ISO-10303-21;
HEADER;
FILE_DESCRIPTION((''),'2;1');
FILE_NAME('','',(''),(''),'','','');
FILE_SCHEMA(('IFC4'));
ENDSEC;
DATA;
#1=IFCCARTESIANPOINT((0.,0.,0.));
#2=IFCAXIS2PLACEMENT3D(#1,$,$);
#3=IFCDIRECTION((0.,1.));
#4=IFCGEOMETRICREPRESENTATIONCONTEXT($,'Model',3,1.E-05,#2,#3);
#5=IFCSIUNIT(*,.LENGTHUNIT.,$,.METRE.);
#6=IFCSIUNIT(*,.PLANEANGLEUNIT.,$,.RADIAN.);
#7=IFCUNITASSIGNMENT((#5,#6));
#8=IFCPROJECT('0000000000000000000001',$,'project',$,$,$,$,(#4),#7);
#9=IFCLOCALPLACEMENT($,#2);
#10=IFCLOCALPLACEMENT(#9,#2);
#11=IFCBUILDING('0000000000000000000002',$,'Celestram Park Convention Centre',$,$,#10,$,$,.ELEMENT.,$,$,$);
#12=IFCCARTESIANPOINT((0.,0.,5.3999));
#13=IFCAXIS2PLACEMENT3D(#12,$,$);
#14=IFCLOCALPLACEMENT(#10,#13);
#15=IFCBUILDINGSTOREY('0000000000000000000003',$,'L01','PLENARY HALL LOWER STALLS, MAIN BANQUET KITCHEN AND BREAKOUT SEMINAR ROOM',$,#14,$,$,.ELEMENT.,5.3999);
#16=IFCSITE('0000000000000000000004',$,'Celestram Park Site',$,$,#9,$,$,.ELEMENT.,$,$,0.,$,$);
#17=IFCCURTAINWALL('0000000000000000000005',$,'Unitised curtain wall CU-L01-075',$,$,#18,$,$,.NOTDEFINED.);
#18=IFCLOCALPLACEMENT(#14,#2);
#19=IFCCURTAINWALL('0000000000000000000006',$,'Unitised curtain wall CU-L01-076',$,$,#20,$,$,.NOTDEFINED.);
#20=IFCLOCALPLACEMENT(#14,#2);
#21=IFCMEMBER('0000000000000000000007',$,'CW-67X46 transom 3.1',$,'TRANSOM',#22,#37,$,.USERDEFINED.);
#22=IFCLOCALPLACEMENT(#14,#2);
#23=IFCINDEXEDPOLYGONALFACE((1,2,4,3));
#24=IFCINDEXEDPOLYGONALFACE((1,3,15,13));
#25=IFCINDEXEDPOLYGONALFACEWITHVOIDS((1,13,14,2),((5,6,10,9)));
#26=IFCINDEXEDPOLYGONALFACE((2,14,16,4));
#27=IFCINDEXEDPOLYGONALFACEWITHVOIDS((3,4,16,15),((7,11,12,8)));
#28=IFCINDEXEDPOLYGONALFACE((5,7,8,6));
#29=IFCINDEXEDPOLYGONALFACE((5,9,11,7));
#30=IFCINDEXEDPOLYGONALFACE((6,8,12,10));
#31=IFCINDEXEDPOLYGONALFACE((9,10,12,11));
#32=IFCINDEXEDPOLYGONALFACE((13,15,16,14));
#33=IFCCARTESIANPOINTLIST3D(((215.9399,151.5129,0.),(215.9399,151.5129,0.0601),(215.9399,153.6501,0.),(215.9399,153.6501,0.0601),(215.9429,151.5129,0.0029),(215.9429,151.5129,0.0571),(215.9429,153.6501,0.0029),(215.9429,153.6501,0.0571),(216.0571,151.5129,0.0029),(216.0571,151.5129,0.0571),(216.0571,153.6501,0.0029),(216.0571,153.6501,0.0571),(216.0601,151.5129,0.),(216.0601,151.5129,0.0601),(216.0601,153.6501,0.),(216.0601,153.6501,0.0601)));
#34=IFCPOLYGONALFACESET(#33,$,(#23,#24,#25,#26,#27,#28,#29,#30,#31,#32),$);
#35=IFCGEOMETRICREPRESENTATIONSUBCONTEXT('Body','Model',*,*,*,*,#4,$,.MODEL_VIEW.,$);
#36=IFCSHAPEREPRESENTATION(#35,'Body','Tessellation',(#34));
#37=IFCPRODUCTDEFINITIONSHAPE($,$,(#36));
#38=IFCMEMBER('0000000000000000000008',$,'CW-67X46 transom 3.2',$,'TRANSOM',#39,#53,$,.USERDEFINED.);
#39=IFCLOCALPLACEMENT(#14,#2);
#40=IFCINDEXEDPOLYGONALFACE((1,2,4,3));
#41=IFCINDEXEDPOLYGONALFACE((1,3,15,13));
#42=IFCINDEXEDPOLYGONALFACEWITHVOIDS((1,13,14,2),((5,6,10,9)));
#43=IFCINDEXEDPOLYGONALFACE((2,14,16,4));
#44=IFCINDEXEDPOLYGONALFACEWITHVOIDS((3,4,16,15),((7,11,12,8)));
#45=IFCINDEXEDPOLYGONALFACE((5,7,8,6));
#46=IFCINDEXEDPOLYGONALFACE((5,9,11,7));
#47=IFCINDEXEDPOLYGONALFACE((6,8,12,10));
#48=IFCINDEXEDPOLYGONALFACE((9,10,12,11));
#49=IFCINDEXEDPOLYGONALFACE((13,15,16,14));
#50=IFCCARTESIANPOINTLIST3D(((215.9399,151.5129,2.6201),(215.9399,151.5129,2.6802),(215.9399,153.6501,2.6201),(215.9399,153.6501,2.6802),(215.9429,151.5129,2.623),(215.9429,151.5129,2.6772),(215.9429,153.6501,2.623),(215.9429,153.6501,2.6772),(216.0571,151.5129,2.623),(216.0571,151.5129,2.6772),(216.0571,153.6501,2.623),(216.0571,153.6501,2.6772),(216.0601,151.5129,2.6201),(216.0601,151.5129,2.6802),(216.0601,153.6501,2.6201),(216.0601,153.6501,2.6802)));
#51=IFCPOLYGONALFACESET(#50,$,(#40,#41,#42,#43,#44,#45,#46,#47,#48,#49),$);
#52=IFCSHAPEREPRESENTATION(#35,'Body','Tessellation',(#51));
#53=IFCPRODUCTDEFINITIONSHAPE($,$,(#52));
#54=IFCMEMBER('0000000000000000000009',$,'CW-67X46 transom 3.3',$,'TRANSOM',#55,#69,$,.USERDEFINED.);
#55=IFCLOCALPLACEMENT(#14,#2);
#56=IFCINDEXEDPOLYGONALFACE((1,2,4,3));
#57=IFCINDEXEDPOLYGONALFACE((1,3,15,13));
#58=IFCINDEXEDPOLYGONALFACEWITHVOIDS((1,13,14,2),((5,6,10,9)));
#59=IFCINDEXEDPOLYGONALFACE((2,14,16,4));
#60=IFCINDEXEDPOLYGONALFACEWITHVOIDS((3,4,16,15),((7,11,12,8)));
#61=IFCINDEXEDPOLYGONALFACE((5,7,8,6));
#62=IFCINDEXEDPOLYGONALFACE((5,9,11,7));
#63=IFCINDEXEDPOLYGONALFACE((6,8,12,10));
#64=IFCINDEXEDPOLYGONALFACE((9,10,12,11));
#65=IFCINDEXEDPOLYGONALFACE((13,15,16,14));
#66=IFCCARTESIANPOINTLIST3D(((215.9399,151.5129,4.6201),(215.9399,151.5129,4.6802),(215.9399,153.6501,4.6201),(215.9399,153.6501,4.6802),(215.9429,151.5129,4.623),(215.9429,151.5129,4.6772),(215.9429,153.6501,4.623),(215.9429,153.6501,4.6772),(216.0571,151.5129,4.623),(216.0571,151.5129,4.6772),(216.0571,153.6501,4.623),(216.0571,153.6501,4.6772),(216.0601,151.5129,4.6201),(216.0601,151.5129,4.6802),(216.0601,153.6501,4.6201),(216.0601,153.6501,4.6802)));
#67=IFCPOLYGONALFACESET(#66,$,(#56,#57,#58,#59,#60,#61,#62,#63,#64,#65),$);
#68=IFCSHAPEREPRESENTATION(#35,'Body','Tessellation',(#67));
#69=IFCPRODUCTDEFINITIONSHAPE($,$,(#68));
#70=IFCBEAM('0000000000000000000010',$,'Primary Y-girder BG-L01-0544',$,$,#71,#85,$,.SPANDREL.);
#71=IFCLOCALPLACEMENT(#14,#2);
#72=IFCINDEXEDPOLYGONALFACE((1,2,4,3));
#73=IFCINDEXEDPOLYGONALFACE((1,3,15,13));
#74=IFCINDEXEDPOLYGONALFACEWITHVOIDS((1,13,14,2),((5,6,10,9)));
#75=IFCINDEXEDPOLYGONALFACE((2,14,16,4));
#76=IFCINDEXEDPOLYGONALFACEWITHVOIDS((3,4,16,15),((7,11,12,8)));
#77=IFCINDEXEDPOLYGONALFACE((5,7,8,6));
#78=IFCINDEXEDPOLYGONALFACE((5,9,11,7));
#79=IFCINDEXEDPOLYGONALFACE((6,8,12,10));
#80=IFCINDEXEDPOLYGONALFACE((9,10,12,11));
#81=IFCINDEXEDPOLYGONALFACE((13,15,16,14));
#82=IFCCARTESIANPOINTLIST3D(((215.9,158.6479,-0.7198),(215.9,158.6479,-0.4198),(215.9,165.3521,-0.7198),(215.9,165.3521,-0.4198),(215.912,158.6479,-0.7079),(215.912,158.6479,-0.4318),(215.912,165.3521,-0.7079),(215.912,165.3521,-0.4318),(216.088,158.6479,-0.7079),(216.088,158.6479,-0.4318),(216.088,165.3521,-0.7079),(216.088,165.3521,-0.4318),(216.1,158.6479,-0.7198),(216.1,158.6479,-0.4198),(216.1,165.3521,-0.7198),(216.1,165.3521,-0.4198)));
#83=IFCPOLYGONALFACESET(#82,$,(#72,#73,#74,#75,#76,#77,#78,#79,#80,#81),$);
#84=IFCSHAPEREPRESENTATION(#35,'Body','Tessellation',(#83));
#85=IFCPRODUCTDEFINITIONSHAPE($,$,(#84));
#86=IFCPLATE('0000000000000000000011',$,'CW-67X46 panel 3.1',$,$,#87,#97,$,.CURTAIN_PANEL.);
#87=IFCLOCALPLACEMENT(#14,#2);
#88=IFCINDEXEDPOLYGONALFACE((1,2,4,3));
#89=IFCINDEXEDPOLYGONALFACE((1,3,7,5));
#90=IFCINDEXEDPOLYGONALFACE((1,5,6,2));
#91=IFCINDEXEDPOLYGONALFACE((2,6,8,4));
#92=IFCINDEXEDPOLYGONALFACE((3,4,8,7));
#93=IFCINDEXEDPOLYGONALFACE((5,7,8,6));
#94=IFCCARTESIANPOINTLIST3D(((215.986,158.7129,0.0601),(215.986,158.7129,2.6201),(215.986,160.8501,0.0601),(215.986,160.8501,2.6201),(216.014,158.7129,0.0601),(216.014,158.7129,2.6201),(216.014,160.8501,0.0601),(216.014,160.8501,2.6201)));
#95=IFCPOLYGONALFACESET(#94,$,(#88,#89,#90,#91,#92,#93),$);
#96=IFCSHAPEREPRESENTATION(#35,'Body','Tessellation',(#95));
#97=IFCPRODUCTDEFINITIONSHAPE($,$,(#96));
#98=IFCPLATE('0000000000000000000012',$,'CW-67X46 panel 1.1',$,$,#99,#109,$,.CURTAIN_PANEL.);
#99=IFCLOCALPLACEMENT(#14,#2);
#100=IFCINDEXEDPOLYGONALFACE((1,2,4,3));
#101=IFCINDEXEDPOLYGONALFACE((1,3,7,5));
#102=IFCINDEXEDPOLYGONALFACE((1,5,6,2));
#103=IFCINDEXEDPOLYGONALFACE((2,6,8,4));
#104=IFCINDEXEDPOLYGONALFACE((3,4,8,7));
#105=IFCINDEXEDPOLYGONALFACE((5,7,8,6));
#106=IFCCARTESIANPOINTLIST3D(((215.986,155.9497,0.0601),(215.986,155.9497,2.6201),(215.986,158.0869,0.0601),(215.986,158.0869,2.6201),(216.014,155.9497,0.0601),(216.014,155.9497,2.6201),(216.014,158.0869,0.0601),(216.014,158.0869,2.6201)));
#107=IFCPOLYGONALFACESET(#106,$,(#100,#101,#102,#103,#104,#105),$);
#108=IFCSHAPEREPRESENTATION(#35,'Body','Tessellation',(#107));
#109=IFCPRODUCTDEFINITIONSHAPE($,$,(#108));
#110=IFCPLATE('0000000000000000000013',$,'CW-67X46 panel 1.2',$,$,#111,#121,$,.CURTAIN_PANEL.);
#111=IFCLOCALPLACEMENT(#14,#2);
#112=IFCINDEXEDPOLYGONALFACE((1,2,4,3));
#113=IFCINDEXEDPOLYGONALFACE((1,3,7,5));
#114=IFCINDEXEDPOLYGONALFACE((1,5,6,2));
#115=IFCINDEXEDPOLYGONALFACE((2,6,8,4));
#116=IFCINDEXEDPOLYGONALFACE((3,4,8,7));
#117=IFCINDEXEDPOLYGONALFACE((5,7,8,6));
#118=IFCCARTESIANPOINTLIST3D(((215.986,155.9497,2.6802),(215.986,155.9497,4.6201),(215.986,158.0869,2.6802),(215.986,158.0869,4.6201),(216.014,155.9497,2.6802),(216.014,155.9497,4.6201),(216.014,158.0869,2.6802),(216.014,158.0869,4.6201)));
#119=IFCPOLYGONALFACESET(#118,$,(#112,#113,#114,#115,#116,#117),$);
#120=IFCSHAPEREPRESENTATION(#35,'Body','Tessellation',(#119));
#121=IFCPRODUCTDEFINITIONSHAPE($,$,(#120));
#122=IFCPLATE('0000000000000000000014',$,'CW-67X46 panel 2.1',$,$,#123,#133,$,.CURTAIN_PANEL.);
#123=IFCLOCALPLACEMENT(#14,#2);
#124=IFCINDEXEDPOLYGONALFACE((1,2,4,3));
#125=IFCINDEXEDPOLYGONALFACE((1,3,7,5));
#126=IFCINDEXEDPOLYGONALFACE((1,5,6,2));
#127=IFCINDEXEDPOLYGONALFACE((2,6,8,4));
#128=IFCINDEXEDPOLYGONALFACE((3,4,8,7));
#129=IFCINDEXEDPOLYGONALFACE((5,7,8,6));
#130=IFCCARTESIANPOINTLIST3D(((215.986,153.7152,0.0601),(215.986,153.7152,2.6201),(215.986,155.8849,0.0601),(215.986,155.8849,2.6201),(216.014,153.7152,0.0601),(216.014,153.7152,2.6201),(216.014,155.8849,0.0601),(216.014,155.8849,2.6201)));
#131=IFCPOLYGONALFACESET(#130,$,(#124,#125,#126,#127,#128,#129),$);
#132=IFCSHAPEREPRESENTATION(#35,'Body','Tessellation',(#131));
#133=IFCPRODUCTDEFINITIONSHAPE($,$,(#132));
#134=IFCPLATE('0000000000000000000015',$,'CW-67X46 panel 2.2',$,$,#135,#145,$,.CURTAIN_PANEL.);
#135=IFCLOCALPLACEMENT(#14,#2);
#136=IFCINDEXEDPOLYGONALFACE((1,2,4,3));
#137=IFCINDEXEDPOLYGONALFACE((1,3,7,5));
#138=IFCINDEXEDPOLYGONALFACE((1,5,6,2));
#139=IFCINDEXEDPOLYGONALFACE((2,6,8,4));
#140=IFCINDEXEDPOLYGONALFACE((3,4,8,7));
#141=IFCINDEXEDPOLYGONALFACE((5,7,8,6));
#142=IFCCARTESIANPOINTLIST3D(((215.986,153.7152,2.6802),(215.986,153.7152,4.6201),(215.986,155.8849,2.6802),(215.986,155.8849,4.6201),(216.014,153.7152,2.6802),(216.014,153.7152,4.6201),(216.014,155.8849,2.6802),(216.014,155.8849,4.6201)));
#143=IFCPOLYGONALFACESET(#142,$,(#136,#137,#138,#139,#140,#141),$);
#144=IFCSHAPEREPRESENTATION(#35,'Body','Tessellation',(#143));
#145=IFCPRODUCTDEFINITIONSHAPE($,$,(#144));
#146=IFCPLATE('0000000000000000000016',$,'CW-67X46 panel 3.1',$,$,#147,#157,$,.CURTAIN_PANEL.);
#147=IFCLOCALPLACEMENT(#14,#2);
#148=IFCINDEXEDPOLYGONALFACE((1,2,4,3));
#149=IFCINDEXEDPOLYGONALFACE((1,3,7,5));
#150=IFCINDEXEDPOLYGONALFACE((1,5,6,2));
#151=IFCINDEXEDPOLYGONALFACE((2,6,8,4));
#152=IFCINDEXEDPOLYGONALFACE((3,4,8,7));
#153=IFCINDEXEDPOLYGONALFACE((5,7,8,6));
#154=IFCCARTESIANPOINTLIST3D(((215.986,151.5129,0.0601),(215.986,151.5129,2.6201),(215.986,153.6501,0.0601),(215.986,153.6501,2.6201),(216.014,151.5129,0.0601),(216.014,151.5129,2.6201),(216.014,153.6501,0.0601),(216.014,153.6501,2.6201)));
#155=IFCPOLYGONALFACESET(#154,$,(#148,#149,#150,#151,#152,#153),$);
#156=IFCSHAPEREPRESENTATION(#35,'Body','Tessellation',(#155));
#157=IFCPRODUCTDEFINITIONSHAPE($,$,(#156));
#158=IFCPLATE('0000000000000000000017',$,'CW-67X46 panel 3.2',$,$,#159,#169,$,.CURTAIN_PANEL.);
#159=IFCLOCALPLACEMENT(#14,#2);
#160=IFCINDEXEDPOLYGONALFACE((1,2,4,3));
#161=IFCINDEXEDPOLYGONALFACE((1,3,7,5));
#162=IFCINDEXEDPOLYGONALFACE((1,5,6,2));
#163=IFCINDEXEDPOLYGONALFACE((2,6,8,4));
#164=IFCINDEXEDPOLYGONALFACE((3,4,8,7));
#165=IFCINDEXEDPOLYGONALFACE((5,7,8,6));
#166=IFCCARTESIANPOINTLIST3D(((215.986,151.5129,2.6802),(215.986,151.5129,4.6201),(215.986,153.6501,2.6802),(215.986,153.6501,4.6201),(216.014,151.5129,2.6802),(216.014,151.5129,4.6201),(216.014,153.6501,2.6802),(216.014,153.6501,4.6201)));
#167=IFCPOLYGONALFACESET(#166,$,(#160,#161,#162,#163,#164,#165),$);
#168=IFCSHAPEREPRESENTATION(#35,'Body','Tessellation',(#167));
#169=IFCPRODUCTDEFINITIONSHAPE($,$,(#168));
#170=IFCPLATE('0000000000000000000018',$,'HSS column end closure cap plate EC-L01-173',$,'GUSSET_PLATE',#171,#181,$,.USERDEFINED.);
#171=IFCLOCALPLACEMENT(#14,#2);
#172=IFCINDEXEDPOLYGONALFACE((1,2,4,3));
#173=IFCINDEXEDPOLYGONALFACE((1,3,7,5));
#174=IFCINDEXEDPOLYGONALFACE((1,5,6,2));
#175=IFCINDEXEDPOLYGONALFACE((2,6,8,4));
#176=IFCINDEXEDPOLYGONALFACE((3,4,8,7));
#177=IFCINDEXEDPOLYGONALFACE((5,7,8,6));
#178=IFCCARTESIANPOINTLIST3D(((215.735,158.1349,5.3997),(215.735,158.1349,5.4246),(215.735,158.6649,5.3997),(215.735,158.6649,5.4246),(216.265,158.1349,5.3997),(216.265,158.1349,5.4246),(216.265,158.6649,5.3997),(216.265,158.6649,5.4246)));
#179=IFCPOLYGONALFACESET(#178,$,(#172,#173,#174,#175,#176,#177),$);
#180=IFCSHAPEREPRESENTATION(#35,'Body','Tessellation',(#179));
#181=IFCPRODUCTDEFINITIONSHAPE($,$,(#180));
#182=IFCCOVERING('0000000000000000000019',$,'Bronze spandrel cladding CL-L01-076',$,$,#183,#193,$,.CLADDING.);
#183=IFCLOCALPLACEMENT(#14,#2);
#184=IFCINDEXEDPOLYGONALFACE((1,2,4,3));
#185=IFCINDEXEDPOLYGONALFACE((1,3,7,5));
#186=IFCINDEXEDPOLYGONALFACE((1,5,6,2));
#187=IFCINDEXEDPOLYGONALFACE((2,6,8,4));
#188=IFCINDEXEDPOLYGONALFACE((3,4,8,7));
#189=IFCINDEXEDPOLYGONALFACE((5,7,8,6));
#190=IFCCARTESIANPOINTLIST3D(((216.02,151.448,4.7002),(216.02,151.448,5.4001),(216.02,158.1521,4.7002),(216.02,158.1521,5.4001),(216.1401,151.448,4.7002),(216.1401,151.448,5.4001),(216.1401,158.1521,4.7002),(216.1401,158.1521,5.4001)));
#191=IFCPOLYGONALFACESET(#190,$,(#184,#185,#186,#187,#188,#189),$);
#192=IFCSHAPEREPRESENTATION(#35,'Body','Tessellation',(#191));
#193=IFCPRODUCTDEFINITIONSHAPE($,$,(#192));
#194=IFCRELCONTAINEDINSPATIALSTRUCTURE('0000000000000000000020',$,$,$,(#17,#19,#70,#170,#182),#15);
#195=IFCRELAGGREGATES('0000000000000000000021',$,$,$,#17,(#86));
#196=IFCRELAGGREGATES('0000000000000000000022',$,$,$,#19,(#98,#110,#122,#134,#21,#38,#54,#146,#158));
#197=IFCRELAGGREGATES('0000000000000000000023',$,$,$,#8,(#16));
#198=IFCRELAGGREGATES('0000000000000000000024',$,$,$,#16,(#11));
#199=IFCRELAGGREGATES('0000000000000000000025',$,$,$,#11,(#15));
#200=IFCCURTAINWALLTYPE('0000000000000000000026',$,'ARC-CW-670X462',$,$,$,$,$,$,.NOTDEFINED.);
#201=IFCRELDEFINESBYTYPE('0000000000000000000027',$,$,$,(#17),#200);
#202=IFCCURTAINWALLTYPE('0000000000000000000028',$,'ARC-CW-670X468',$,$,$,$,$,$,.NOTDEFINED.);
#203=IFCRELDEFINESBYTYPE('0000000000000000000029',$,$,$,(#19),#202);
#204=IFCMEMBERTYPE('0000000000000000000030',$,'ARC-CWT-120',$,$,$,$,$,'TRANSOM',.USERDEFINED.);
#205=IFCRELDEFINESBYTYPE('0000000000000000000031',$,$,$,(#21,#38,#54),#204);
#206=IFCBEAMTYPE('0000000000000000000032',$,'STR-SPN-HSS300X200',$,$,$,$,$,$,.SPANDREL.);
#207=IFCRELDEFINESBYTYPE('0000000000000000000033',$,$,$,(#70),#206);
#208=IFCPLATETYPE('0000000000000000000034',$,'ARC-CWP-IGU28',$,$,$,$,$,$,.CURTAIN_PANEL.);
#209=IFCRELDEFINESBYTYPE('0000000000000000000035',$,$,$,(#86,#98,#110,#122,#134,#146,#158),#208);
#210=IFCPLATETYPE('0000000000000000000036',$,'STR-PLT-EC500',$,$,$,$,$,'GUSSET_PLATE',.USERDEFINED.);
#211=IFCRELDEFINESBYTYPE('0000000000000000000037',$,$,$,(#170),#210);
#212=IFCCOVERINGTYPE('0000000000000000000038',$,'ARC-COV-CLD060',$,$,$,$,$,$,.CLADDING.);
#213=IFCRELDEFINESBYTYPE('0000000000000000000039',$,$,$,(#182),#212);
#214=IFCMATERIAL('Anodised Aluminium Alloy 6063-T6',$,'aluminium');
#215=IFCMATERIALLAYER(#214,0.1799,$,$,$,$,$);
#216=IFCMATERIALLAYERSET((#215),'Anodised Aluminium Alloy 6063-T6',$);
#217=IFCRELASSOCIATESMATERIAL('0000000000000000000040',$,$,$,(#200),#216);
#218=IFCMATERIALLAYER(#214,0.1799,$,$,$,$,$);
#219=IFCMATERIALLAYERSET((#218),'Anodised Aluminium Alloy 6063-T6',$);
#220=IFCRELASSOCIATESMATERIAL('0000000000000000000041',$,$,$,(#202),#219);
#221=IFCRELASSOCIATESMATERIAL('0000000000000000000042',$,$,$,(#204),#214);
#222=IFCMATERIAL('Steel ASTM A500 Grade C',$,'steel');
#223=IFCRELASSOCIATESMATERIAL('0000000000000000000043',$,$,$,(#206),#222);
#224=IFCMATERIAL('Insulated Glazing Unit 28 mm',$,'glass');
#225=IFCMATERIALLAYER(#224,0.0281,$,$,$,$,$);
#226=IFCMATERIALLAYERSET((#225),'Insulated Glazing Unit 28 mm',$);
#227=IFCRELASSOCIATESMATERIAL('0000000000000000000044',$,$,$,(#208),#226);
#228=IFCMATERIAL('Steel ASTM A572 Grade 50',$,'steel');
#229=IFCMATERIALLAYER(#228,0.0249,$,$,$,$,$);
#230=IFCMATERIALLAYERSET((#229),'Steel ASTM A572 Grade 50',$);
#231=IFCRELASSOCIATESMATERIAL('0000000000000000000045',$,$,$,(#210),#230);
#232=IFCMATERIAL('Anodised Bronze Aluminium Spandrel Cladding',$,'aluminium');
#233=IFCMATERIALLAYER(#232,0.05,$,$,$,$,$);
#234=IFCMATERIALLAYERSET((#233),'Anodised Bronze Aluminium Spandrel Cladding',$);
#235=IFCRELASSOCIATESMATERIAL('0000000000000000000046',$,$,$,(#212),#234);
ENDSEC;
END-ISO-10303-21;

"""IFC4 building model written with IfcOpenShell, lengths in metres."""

from ifc_helpers import new_model, si_unit, direction, frame, origin, origin_2d, place, context, subcontext, project, spatial, rectangle, hollow_rectangle, extrude, material, layer, layer_set, material_profile, profile_set, type_object, element, aggregate, save


model = new_model("IFC4")

# Units and contexts
model_context = context("Model", 3, precision=1e-05, world=origin(), true_north=direction((0.0, 1.0)))
body_context = subcontext(model_context, "Body", "Model", "MODEL_VIEW")
ifc_project = project(units=[si_unit("LENGTHUNIT", "METRE"), si_unit("PLANEANGLEUNIT", "RADIAN")], contexts=[model_context])

# Site, building, storey
site_placement = place(None, origin())
site = spatial("IfcSite", under=ifc_project, at=site_placement, Name="Celestram Park Site", CompositionType="ELEMENT", RefElevation=0.0)
building_placement = place(site_placement, origin())
building = spatial("IfcBuilding", under=site, at=building_placement, Name="Celestram Park Convention Centre", CompositionType="ELEMENT")
storey_placement = place(building_placement, frame((0.0, 0.0, 5.3999)))
storey = spatial("IfcBuildingStorey", under=building, at=storey_placement, Name="L01", Description="PLENARY HALL LOWER STALLS, MAIN BANQUET KITCHEN AND BREAKOUT SEMINAR ROOM", CompositionType="ELEMENT", Elevation=5.3999)

# Shared definitions
ifc_material_1 = material(Name="Steel ASTM A500 Grade C", Category="steel")

# Curtain wall
ifc_material_2 = material(Name="Anodised Aluminium Alloy 6063-T6", Category="aluminium")
ifc_layer_1 = layer(ifc_material_2, 0.1799)
ifc_layer_set_1 = layer_set([ifc_layer_1], Name="Anodised Aluminium Alloy 6063-T6")
curtain_wall_type_1 = type_object("IfcCurtainWallType", Name="ARC-CW-670X462", PredefinedType="NOTDEFINED", material=ifc_layer_set_1)
curtain_wall_1_placement = place(storey_placement, origin())
curtain_wall_1 = element("IfcCurtainWall", 1, at=curtain_wall_1_placement, inside=storey, type_object=curtain_wall_type_1, Name="Unitised curtain wall CU-L01-075", PredefinedType="NOTDEFINED")

# Curtain wall, members
ifc_layer_2 = layer(ifc_material_2, 0.1799)
ifc_layer_set_2 = layer_set([ifc_layer_2], Name="Anodised Aluminium Alloy 6063-T6")
curtain_wall_type_2 = type_object("IfcCurtainWallType", Name="ARC-CW-670X468", PredefinedType="NOTDEFINED", material=ifc_layer_set_2)
curtain_wall_2_placement = place(storey_placement, origin())
curtain_wall_2 = element("IfcCurtainWall", 2, at=curtain_wall_2_placement, inside=storey, type_object=curtain_wall_type_2, Name="Unitised curtain wall CU-L01-076", PredefinedType="NOTDEFINED")
ifc_material_profile_1 = material_profile(ifc_material_2, hollow_rectangle(XDim=0.1201, YDim=0.0601, WallThickness=0.0029, at=origin_2d()), Name="ALU120X60X3")
ifc_profile_set_1 = profile_set([ifc_material_profile_1], Name="Anodised Aluminium Alloy 6063-T6")
member_type_1 = type_object("IfcMemberType", Name="ARC-CWT-120", ElementType="TRANSOM", PredefinedType="USERDEFINED", material=ifc_profile_set_1)
member_1_placement = place(storey_placement, frame((216.0, 153.6501, 0.03), z_axis=(0.0, -1.0, 0.0), x_axis=(1.0, 0.0, 0.0)))
member_1 = element("IfcMember", 3, at=member_1_placement, type_object=member_type_1, Name="CW-67X46 transom 3.1", ObjectType="TRANSOM", PredefinedType="USERDEFINED", context=body_context, shape_type="SweptSolid", body=[
    extrude(hollow_rectangle(XDim=0.1201, YDim=0.0601, WallThickness=0.0029, at=origin_2d()), origin(), (0.0, 0.0, 1.0), 2.1372),
])
member_2_placement = place(storey_placement, frame((216.0, 153.6501, 2.6501), z_axis=(0.0, -1.0, 0.0), x_axis=(1.0, 0.0, 0.0)))
member_2 = element("IfcMember", 4, at=member_2_placement, type_object=member_type_1, Name="CW-67X46 transom 3.2", ObjectType="TRANSOM", PredefinedType="USERDEFINED", context=body_context, shape_type="SweptSolid", body=[
    extrude(hollow_rectangle(XDim=0.1201, YDim=0.0601, WallThickness=0.0029, at=origin_2d()), origin(), (0.0, 0.0, 1.0), 2.1372),
])
member_3_placement = place(storey_placement, frame((216.0, 153.6501, 4.6501), z_axis=(0.0, -1.0, 0.0), x_axis=(1.0, 0.0, 0.0)))
member_3 = element("IfcMember", 5, at=member_3_placement, type_object=member_type_1, Name="CW-67X46 transom 3.3", ObjectType="TRANSOM", PredefinedType="USERDEFINED", context=body_context, shape_type="SweptSolid", body=[
    extrude(hollow_rectangle(XDim=0.1201, YDim=0.0601, WallThickness=0.0029, at=origin_2d()), origin(), (0.0, 0.0, 1.0), 2.1372),
])

# Beam
ifc_material_profile_2 = material_profile(ifc_material_1, hollow_rectangle(XDim=0.2, YDim=0.3, WallThickness=0.012, at=origin_2d()), Name="HSS300X200X12")
ifc_profile_set_2 = profile_set([ifc_material_profile_2], Name="Steel ASTM A500 Grade C")
beam_type = type_object("IfcBeamType", Name="STR-SPN-HSS300X200", PredefinedType="SPANDREL", material=ifc_profile_set_2)
beam_placement = place(storey_placement, frame((216.0, 158.6479, -0.5698), z_axis=(0.0, 1.0, 0.0), x_axis=(-1.0, 0.0, 0.0)))
element("IfcBeam", 6, at=beam_placement, inside=storey, type_object=beam_type, Name="Primary Y-girder BG-L01-0544", PredefinedType="SPANDREL", context=body_context, shape_type="SweptSolid", body=[
    extrude(hollow_rectangle(XDim=0.2, YDim=0.3, WallThickness=0.012, at=origin_2d()), origin(), (0.0, 0.0, 1.0), 6.7041),
])

# Plates
ifc_material_3 = material(Name="Insulated Glazing Unit 28 mm", Category="glass")
ifc_layer_3 = layer(ifc_material_3, 0.0281)
ifc_layer_set_3 = layer_set([ifc_layer_3], Name="Insulated Glazing Unit 28 mm")
plate_type_1 = type_object("IfcPlateType", Name="ARC-CWP-IGU28", PredefinedType="CURTAIN_PANEL", material=ifc_layer_set_3)
plate_1_placement = place(storey_placement, frame((216.0, 159.7815, 0.0601), z_axis=(0.0, 0.0, 1.0), x_axis=(0.0, -1.0, 0.0)))
plate_1 = element("IfcPlate", 7, at=plate_1_placement, type_object=plate_type_1, Name="CW-67X46 panel 3.1", PredefinedType="CURTAIN_PANEL", context=body_context, shape_type="SweptSolid", body=[
    extrude(rectangle(XDim=2.1372, YDim=0.0281, at=origin_2d()), origin(), (0.0, 0.0, 1.0), 2.5601),
])
aggregate(curtain_wall_1, [plate_1])
plate_2_placement = place(storey_placement, frame((216.0, 157.0183, 0.0601), z_axis=(0.0, 0.0, 1.0), x_axis=(0.0, -1.0, 0.0)))
plate_2 = element("IfcPlate", 8, at=plate_2_placement, type_object=plate_type_1, Name="CW-67X46 panel 1.1", PredefinedType="CURTAIN_PANEL", context=body_context, shape_type="SweptSolid", body=[
    extrude(rectangle(XDim=2.1372, YDim=0.0281, at=origin_2d()), origin(), (0.0, 0.0, 1.0), 2.5601),
])
plate_3_placement = place(storey_placement, frame((216.0, 157.0183, 2.6802), z_axis=(0.0, 0.0, 1.0), x_axis=(0.0, -1.0, 0.0)))
plate_3 = element("IfcPlate", 9, at=plate_3_placement, type_object=plate_type_1, Name="CW-67X46 panel 1.2", PredefinedType="CURTAIN_PANEL", context=body_context, shape_type="SweptSolid", body=[
    extrude(rectangle(XDim=2.1372, YDim=0.0281, at=origin_2d()), origin(), (0.0, 0.0, 1.0), 1.9399),
])
plate_4_placement = place(storey_placement, frame((216.0, 154.8, 0.0601), z_axis=(0.0, 0.0, 1.0), x_axis=(0.0, -1.0, 0.0)))
plate_4 = element("IfcPlate", 10, at=plate_4_placement, type_object=plate_type_1, Name="CW-67X46 panel 2.1", PredefinedType="CURTAIN_PANEL", context=body_context, shape_type="SweptSolid", body=[
    extrude(rectangle(XDim=2.1697, YDim=0.0281, at=origin_2d()), origin(), (0.0, 0.0, 1.0), 2.5601),
])
plate_5_placement = place(storey_placement, frame((216.0, 154.8, 2.6802), z_axis=(0.0, 0.0, 1.0), x_axis=(0.0, -1.0, 0.0)))
plate_5 = element("IfcPlate", 11, at=plate_5_placement, type_object=plate_type_1, Name="CW-67X46 panel 2.2", PredefinedType="CURTAIN_PANEL", context=body_context, shape_type="SweptSolid", body=[
    extrude(rectangle(XDim=2.1697, YDim=0.0281, at=origin_2d()), origin(), (0.0, 0.0, 1.0), 1.9399),
])
plate_6_placement = place(storey_placement, frame((216.0, 152.5815, 0.0601), z_axis=(0.0, 0.0, 1.0), x_axis=(0.0, -1.0, 0.0)))
plate_6 = element("IfcPlate", 12, at=plate_6_placement, type_object=plate_type_1, Name="CW-67X46 panel 3.1", PredefinedType="CURTAIN_PANEL", context=body_context, shape_type="SweptSolid", body=[
    extrude(rectangle(XDim=2.1372, YDim=0.0281, at=origin_2d()), origin(), (0.0, 0.0, 1.0), 2.5601),
])
plate_7_placement = place(storey_placement, frame((216.0, 152.5815, 2.6802), z_axis=(0.0, 0.0, 1.0), x_axis=(0.0, -1.0, 0.0)))
plate_7 = element("IfcPlate", 13, at=plate_7_placement, type_object=plate_type_1, Name="CW-67X46 panel 3.2", PredefinedType="CURTAIN_PANEL", context=body_context, shape_type="SweptSolid", body=[
    extrude(rectangle(XDim=2.1372, YDim=0.0281, at=origin_2d()), origin(), (0.0, 0.0, 1.0), 1.9399),
])
aggregate(curtain_wall_2, [plate_2, plate_3, plate_4, plate_5, member_1, member_2, member_3, plate_6, plate_7])
ifc_material_4 = material(Name="Steel ASTM A572 Grade 50", Category="steel")
ifc_layer_4 = layer(ifc_material_4, 0.0249)
ifc_layer_set_4 = layer_set([ifc_layer_4], Name="Steel ASTM A572 Grade 50")
plate_type_2 = type_object("IfcPlateType", Name="STR-PLT-EC500", ElementType="GUSSET_PLATE", PredefinedType="USERDEFINED", material=ifc_layer_set_4)
plate_8_placement = place(storey_placement, frame((216.0, 158.3999, 5.3997), z_axis=(0.0, 0.0, 1.0), x_axis=(1.0, 0.0, 0.0)))
element("IfcPlate", 14, at=plate_8_placement, inside=storey, type_object=plate_type_2, Name="HSS column end closure cap plate EC-L01-173", ObjectType="GUSSET_PLATE", PredefinedType="USERDEFINED", context=body_context, shape_type="SweptSolid", body=[
    extrude(rectangle(XDim=0.53, YDim=0.53, at=origin_2d()), origin(), (0.0, 0.0, 1.0), 0.0249),
])

# Covering
ifc_material_5 = material(Name="Anodised Bronze Aluminium Spandrel Cladding", Category="aluminium")
ifc_layer_5 = layer(ifc_material_5, 0.05)
ifc_layer_set_5 = layer_set([ifc_layer_5], Name="Anodised Bronze Aluminium Spandrel Cladding")
covering_type_1 = type_object("IfcCoveringType", Name="ARC-COV-CLD060", PredefinedType="CLADDING", material=ifc_layer_set_5)
covering_1_placement = place(storey_placement, frame((216.0801, 154.8, 4.7002), z_axis=(0.0, 0.0, 1.0), x_axis=(0.0, -1.0, 0.0)))
element("IfcCovering", 15, at=covering_1_placement, inside=storey, type_object=covering_type_1, Name="Bronze spandrel cladding CL-L01-076", PredefinedType="CLADDING", context=body_context, shape_type="SweptSolid", body=[
    extrude(rectangle(XDim=6.7041, YDim=0.1201, at=origin_2d()), origin(), (0.0, 0.0, 1.0), 0.7),
])

save(model, "model.ifc")
